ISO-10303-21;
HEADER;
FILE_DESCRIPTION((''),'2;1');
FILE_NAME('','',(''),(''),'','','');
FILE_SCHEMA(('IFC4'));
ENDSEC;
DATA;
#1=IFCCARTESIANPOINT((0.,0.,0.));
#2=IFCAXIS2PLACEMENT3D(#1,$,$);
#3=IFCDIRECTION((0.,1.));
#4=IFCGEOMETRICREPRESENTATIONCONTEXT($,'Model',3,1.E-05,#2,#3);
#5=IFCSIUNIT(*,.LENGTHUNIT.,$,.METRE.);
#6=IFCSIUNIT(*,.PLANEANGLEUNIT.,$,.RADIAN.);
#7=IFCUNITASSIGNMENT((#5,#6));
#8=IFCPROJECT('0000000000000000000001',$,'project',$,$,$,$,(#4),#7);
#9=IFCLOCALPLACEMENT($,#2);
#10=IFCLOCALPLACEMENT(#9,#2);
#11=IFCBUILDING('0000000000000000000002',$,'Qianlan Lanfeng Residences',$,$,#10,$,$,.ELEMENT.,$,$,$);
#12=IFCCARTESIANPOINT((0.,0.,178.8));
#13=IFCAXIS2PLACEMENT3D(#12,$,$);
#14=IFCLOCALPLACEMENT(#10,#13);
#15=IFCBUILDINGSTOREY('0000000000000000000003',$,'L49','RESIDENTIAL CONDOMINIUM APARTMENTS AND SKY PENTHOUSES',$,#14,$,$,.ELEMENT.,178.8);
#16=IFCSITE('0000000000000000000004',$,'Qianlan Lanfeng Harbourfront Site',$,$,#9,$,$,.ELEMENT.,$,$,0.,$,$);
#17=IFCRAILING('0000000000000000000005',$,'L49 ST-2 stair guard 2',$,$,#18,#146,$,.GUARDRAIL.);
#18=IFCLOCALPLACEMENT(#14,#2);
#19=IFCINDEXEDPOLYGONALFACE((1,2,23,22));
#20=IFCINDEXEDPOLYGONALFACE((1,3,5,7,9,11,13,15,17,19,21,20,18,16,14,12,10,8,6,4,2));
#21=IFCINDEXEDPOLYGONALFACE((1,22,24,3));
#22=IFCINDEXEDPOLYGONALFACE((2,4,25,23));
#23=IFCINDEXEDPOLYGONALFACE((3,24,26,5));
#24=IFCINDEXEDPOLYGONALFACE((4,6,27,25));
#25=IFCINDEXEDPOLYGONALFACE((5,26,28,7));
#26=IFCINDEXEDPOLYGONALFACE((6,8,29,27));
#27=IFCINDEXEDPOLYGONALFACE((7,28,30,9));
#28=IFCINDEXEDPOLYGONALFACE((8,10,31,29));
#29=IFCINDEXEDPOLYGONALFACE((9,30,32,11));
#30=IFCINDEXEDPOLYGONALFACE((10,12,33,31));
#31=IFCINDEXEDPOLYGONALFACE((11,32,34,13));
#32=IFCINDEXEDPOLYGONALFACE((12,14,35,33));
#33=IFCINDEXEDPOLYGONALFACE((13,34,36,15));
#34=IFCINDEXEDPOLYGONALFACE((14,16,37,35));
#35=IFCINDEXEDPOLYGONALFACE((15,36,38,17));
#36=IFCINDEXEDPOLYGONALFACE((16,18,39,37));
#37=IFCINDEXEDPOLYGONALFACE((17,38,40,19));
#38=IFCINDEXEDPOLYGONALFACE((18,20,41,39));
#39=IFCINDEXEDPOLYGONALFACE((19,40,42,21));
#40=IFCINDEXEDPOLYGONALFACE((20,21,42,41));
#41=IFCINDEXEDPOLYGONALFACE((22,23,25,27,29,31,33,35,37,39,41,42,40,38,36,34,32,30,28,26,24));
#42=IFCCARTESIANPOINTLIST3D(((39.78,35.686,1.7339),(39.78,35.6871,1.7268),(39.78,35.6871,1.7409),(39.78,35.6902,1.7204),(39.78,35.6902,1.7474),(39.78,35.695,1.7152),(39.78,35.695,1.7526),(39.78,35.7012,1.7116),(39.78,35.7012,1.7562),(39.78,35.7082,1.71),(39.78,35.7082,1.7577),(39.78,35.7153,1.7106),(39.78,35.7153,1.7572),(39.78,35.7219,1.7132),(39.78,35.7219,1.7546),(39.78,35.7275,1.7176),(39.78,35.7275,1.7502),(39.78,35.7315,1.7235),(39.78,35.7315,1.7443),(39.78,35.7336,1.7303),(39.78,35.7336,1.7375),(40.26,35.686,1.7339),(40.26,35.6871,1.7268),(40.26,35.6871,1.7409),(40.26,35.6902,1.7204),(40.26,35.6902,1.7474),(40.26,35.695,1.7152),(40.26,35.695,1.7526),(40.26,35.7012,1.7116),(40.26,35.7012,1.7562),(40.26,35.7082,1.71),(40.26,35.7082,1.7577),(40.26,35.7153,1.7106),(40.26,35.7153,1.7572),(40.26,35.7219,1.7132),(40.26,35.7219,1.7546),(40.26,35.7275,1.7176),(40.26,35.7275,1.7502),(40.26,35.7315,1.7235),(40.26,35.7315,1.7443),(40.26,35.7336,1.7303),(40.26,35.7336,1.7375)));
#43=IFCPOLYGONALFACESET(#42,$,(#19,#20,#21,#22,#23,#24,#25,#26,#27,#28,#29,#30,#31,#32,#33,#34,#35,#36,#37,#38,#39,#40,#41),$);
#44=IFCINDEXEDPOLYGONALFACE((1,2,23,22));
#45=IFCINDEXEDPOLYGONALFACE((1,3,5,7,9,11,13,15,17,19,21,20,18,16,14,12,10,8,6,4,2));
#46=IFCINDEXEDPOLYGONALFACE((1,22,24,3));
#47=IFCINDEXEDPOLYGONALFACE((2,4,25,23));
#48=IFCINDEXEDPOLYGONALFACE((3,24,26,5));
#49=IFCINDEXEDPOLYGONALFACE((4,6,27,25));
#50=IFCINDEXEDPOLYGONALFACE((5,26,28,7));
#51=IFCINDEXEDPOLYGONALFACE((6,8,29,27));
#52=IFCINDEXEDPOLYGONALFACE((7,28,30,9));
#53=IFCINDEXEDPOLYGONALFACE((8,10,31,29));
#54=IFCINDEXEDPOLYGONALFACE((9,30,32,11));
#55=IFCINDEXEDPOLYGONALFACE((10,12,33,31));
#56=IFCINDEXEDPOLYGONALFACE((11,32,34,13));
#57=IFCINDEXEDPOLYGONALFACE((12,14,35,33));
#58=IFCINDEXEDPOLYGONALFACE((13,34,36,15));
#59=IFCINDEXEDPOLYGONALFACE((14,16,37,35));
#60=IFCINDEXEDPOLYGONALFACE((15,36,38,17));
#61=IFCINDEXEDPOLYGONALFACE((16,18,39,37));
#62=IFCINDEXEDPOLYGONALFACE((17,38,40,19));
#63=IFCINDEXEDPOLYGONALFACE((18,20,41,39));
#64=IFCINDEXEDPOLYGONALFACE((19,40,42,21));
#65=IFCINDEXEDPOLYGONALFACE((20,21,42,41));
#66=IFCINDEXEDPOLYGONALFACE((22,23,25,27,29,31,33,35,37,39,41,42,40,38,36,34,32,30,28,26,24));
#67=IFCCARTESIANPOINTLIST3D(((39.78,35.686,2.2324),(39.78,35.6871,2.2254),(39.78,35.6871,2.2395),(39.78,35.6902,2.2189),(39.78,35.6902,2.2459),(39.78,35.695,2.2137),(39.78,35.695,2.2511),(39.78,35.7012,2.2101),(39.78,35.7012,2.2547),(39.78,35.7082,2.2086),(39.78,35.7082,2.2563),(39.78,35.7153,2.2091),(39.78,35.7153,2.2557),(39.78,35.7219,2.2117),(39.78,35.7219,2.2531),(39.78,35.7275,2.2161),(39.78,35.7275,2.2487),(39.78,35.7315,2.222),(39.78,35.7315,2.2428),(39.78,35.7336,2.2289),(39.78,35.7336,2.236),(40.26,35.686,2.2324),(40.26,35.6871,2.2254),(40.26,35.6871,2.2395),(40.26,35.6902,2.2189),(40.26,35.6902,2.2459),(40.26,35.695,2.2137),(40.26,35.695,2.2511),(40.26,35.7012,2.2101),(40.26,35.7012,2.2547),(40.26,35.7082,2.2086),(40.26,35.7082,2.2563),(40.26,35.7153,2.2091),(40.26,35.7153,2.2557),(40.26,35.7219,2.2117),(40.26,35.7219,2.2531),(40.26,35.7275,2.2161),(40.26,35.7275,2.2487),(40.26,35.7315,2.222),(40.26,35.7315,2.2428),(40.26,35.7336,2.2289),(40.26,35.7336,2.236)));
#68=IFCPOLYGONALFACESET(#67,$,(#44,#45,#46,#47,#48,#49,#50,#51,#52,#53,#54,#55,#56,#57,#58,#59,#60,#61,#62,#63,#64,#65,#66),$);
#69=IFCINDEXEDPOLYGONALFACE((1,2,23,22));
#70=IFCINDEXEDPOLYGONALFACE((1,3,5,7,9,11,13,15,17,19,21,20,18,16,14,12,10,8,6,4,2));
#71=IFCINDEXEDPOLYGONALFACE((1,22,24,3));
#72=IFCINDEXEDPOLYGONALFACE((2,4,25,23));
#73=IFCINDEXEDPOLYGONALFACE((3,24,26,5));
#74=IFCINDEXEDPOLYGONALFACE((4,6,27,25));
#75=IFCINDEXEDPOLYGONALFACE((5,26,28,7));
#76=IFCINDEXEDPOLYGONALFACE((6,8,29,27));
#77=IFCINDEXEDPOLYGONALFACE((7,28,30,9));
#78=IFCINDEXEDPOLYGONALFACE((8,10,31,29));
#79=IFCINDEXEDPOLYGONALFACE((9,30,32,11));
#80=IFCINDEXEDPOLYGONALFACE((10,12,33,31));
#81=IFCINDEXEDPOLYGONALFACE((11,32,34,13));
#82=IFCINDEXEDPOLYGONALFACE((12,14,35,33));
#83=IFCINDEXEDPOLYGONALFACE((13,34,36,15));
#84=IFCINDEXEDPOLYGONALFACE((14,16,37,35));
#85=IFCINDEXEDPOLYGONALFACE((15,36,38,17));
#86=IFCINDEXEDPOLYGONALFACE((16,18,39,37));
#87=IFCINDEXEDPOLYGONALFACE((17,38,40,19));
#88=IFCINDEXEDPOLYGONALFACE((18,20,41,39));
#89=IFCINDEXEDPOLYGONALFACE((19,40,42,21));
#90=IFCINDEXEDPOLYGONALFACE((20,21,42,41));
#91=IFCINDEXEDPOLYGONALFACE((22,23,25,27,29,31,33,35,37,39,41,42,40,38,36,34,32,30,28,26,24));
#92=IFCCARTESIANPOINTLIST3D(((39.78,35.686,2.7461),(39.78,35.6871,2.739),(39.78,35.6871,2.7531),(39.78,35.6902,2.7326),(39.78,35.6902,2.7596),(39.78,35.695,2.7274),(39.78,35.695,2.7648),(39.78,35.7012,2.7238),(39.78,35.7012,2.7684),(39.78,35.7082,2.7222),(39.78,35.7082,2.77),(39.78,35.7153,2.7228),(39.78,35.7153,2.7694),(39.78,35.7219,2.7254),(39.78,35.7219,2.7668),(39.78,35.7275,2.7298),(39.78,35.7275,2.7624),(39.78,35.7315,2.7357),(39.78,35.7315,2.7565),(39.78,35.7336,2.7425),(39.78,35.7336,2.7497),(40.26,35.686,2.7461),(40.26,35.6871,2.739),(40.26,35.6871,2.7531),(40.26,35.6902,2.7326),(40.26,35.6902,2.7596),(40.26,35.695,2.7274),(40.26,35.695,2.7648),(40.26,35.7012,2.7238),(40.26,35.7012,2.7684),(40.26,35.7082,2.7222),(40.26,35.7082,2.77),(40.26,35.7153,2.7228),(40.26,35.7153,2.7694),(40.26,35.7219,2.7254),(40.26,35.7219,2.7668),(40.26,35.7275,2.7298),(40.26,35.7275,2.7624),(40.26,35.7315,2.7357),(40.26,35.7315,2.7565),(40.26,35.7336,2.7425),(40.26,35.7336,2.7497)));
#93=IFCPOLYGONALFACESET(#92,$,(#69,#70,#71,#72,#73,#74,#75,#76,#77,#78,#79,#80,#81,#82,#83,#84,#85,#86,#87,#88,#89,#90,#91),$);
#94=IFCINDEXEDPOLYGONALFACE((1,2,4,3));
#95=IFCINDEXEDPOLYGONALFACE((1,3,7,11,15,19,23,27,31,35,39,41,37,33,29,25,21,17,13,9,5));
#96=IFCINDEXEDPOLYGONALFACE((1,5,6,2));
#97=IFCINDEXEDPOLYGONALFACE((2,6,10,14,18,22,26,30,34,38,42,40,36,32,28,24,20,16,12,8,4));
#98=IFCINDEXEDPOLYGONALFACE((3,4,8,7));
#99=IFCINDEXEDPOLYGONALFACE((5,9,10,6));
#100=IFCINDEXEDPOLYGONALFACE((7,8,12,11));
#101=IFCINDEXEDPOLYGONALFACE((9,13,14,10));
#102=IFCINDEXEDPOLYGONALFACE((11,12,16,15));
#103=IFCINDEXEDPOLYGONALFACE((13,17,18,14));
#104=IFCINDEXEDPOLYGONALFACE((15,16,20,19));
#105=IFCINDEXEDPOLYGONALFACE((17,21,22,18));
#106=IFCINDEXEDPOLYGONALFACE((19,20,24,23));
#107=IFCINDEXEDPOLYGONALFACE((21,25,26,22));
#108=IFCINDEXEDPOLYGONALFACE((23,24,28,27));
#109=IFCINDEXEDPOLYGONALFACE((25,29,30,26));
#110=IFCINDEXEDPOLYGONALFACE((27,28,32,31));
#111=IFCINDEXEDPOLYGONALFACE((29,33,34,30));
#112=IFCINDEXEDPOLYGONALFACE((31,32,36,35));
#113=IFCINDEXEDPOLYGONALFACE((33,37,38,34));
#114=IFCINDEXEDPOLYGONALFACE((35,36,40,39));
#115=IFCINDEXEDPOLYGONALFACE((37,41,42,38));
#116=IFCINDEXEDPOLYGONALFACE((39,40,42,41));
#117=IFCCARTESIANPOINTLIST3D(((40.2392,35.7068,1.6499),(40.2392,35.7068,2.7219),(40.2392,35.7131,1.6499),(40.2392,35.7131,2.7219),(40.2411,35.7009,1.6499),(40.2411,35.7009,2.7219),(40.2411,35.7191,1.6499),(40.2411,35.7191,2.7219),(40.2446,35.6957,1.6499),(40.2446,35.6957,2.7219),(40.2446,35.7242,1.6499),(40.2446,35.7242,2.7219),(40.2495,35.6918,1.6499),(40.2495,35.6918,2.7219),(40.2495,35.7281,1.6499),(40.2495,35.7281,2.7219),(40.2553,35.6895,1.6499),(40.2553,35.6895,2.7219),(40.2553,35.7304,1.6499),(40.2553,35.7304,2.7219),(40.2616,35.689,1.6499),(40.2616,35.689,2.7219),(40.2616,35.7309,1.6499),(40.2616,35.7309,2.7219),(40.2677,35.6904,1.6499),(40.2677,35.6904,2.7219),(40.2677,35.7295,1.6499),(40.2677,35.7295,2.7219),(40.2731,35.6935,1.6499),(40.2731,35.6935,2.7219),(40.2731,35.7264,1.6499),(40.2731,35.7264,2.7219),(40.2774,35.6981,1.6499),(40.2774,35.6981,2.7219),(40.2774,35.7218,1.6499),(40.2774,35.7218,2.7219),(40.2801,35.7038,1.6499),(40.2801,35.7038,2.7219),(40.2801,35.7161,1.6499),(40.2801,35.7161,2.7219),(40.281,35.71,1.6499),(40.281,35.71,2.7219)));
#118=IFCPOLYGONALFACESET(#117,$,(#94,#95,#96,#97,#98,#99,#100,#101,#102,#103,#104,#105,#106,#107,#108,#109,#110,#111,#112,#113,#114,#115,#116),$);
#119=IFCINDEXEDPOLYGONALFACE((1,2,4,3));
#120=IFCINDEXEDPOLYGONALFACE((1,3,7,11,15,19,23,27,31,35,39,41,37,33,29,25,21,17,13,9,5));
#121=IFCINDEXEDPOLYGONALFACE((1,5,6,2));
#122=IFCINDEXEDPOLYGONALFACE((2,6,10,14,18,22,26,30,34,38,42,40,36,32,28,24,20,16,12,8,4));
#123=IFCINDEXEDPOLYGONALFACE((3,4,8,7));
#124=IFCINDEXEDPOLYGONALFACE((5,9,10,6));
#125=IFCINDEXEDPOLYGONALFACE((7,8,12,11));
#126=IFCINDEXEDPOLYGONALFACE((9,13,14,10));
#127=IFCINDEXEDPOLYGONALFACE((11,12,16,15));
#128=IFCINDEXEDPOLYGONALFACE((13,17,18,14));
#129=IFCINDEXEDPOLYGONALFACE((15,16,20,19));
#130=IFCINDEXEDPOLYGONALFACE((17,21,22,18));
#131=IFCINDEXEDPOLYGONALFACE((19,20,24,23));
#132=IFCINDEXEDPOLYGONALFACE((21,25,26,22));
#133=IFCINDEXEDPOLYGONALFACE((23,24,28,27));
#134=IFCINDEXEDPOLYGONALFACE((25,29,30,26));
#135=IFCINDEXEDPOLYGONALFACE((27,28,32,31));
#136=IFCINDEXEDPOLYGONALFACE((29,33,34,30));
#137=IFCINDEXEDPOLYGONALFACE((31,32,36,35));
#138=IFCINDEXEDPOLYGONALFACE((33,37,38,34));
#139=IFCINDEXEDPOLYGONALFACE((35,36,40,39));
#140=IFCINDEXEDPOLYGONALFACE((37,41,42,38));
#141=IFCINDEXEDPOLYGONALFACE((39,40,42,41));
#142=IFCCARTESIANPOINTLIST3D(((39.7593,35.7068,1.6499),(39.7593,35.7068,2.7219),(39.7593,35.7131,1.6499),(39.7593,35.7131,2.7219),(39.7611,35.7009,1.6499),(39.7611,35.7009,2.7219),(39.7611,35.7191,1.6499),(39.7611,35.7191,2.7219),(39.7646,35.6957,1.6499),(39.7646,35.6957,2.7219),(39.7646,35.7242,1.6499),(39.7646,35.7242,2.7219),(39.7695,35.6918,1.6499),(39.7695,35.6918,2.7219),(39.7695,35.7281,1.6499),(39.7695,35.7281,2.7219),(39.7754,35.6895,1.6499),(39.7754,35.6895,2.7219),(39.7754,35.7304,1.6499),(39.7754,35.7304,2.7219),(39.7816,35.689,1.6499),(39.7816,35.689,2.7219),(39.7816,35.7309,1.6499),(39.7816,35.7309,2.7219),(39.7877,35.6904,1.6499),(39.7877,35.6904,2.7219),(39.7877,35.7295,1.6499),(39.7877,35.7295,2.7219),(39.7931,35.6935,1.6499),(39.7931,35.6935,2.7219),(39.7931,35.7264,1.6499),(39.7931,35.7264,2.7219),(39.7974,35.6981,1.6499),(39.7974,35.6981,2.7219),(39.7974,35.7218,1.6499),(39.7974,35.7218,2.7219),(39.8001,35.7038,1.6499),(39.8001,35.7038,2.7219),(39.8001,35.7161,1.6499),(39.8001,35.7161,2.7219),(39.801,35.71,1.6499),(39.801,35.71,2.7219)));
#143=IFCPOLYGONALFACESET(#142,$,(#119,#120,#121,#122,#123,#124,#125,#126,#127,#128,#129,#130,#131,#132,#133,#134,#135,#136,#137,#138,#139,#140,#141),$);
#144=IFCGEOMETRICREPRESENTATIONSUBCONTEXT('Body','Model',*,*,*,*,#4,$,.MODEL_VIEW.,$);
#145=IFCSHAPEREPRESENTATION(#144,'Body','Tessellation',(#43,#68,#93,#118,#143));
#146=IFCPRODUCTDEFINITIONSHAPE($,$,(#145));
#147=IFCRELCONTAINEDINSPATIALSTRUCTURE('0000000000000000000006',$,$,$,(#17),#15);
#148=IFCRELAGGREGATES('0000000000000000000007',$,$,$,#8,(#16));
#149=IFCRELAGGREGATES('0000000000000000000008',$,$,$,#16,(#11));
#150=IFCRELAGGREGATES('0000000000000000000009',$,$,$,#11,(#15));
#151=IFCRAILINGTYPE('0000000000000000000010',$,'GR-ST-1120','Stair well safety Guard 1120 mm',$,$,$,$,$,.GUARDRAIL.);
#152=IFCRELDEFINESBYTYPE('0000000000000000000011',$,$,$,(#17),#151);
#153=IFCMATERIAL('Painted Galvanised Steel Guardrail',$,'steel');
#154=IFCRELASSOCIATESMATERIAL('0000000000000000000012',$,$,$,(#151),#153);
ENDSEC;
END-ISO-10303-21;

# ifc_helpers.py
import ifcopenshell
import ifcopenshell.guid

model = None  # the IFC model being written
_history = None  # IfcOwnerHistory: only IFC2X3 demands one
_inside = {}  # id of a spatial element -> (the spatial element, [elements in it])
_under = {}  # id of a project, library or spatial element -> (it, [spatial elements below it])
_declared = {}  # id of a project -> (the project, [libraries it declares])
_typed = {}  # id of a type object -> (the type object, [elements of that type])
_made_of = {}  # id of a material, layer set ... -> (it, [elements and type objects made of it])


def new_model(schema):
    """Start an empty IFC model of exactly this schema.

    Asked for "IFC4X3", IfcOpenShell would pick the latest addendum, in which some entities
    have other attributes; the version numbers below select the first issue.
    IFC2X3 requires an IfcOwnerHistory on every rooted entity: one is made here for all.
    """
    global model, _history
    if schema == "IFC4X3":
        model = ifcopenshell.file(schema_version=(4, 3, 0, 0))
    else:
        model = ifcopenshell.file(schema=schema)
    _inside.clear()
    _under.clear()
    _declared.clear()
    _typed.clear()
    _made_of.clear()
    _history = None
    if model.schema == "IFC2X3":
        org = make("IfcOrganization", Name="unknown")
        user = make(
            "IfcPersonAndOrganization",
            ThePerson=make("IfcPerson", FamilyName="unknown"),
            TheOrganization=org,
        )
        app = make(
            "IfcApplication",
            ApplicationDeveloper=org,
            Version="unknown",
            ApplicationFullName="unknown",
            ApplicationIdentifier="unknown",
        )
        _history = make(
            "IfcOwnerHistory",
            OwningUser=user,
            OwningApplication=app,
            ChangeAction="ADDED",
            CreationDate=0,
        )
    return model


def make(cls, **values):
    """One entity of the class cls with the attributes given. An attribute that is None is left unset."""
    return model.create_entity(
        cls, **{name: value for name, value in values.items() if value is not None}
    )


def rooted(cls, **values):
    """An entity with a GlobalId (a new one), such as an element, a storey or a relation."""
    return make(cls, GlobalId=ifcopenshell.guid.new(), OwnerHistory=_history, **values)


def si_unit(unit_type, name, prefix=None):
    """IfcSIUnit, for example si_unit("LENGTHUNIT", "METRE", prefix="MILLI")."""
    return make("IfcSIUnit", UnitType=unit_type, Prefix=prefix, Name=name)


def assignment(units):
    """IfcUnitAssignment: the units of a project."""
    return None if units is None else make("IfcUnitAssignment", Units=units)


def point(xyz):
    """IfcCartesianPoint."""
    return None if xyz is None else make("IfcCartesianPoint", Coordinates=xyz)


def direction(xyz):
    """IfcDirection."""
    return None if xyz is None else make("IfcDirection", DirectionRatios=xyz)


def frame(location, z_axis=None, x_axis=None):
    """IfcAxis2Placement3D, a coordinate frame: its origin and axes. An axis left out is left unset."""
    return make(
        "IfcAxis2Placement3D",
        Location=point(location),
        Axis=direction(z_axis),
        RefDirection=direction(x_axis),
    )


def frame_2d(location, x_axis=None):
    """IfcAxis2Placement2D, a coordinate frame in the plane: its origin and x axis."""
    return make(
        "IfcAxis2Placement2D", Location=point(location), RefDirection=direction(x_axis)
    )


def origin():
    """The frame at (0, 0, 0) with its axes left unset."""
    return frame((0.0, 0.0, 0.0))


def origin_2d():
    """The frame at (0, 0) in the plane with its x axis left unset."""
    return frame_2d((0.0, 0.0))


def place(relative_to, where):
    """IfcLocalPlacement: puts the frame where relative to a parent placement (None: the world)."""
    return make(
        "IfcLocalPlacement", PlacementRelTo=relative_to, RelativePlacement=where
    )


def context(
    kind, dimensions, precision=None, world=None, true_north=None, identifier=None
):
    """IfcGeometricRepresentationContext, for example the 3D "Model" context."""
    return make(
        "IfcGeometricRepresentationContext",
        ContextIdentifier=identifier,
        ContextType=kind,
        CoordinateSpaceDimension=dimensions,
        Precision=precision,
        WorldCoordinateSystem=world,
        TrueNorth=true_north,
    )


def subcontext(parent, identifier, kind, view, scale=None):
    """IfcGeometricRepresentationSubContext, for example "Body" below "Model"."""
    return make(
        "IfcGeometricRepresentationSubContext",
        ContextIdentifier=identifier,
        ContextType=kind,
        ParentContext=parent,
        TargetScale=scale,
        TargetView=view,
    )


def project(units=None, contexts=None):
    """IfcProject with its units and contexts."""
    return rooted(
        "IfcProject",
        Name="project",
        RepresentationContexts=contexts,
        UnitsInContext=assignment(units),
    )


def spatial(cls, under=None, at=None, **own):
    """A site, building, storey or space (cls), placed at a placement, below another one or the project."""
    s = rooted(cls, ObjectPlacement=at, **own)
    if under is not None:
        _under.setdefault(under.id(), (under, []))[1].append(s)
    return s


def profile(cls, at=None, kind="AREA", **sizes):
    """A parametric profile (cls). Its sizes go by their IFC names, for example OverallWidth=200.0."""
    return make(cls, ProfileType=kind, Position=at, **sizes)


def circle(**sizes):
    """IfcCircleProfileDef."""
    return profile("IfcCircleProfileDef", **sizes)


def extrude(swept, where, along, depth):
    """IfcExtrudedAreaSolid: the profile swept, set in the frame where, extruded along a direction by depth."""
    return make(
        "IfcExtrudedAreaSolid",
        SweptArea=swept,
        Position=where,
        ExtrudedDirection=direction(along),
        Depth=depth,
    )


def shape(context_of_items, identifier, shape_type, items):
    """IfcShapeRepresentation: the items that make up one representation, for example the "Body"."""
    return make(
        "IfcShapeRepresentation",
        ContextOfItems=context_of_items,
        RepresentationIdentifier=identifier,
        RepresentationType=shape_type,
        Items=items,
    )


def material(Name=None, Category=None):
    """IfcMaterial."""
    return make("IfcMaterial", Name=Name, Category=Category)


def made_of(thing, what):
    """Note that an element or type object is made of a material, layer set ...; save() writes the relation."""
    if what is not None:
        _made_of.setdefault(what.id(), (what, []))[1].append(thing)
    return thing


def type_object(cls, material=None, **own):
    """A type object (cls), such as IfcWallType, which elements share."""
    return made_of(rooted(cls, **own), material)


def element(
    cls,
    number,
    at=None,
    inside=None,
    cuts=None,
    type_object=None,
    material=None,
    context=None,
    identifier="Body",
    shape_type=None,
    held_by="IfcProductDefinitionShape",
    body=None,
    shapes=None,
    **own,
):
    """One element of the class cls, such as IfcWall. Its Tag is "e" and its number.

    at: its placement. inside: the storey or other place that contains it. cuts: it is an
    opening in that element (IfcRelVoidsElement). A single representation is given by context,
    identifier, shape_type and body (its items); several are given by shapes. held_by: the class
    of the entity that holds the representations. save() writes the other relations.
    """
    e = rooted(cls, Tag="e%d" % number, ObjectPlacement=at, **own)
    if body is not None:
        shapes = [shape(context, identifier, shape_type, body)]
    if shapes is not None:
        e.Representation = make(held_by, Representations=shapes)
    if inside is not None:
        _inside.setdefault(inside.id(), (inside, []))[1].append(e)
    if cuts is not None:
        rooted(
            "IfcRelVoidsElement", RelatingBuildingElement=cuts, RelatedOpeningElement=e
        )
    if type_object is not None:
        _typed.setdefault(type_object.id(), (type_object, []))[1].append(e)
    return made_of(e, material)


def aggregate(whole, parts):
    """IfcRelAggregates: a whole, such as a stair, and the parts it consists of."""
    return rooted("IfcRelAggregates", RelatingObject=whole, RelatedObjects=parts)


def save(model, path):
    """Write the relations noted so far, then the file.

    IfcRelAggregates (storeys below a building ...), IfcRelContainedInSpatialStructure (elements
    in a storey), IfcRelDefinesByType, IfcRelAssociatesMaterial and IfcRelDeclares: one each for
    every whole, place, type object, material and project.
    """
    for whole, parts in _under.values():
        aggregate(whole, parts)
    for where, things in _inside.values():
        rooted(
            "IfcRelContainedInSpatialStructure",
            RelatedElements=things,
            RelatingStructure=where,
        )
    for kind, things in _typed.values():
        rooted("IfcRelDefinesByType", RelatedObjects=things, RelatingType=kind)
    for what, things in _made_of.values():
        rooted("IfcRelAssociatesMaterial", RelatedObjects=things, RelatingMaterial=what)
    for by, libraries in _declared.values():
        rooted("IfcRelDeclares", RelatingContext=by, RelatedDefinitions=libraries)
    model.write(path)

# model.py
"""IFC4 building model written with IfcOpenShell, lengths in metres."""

from ifc_helpers import new_model, si_unit, direction, frame, origin, origin_2d, place, context, subcontext, project, spatial, circle, extrude, material, type_object, element, save


model = new_model("IFC4")

# Units and contexts
model_context = context("Model", 3, precision=1e-05, world=origin(), true_north=direction((0.0, 1.0)))
body_context = subcontext(model_context, "Body", "Model", "MODEL_VIEW")
ifc_project = project(units=[si_unit("LENGTHUNIT", "METRE"), si_unit("PLANEANGLEUNIT", "RADIAN")], contexts=[model_context])

# Site, building, storey
site_placement = place(None, origin())
site = spatial("IfcSite", under=ifc_project, at=site_placement, Name="Qianlan Lanfeng Harbourfront Site", CompositionType="ELEMENT", RefElevation=0.0)
building_placement = place(site_placement, origin())
building = spatial("IfcBuilding", under=site, at=building_placement, Name="Qianlan Lanfeng Residences", CompositionType="ELEMENT")
storey_placement = place(building_placement, frame((0.0, 0.0, 178.8)))
storey = spatial("IfcBuildingStorey", under=building, at=storey_placement, Name="L49", Description="RESIDENTIAL CONDOMINIUM APARTMENTS AND SKY PENTHOUSES", CompositionType="ELEMENT", Elevation=178.8)

# Railing
ifc_material_1 = material(Name="Painted Galvanised Steel Guardrail", Category="steel")
railing_type_1 = type_object("IfcRailingType", Name="GR-ST-1120", Description="Stair well safety Guard 1120 mm", PredefinedType="GUARDRAIL", material=ifc_material_1)
railing_1_placement = place(storey_placement, frame((40.26, 35.71, 1.6499)))
element("IfcRailing", 1, at=railing_1_placement, inside=storey, type_object=railing_type_1, Name="L49 ST-2 stair guard 2", PredefinedType="GUARDRAIL", context=body_context, shape_type="SweptSolid", body=[
    extrude(circle(Radius=0.0239, at=origin_2d()), frame((0.0, 0.0, 0.084), z_axis=(-1.0, 0.0, 0.0), x_axis=(0.0, -1.0, 0.0)), (0.0, 0.0, 1.0), 0.48),
    extrude(circle(Radius=0.0239, at=origin_2d()), frame((0.0, 0.0, 0.5825), z_axis=(-1.0, 0.0, 0.0), x_axis=(0.0, -1.0, 0.0)), (0.0, 0.0, 1.0), 0.48),
    extrude(circle(Radius=0.0239, at=origin_2d()), frame((0.0, 0.0, 1.0962), z_axis=(-1.0, 0.0, 0.0), x_axis=(0.0, -1.0, 0.0)), (0.0, 0.0, 1.0), 0.48),
    extrude(circle(Radius=0.021, at=origin_2d()), origin(), (0.0, 0.0, 1.0), 1.072),
    extrude(circle(Radius=0.021, at=origin_2d()), frame((-0.48, 0.0, 0.0)), (0.0, 0.0, 1.0), 1.072),
])

save(model, "model.ifc")
